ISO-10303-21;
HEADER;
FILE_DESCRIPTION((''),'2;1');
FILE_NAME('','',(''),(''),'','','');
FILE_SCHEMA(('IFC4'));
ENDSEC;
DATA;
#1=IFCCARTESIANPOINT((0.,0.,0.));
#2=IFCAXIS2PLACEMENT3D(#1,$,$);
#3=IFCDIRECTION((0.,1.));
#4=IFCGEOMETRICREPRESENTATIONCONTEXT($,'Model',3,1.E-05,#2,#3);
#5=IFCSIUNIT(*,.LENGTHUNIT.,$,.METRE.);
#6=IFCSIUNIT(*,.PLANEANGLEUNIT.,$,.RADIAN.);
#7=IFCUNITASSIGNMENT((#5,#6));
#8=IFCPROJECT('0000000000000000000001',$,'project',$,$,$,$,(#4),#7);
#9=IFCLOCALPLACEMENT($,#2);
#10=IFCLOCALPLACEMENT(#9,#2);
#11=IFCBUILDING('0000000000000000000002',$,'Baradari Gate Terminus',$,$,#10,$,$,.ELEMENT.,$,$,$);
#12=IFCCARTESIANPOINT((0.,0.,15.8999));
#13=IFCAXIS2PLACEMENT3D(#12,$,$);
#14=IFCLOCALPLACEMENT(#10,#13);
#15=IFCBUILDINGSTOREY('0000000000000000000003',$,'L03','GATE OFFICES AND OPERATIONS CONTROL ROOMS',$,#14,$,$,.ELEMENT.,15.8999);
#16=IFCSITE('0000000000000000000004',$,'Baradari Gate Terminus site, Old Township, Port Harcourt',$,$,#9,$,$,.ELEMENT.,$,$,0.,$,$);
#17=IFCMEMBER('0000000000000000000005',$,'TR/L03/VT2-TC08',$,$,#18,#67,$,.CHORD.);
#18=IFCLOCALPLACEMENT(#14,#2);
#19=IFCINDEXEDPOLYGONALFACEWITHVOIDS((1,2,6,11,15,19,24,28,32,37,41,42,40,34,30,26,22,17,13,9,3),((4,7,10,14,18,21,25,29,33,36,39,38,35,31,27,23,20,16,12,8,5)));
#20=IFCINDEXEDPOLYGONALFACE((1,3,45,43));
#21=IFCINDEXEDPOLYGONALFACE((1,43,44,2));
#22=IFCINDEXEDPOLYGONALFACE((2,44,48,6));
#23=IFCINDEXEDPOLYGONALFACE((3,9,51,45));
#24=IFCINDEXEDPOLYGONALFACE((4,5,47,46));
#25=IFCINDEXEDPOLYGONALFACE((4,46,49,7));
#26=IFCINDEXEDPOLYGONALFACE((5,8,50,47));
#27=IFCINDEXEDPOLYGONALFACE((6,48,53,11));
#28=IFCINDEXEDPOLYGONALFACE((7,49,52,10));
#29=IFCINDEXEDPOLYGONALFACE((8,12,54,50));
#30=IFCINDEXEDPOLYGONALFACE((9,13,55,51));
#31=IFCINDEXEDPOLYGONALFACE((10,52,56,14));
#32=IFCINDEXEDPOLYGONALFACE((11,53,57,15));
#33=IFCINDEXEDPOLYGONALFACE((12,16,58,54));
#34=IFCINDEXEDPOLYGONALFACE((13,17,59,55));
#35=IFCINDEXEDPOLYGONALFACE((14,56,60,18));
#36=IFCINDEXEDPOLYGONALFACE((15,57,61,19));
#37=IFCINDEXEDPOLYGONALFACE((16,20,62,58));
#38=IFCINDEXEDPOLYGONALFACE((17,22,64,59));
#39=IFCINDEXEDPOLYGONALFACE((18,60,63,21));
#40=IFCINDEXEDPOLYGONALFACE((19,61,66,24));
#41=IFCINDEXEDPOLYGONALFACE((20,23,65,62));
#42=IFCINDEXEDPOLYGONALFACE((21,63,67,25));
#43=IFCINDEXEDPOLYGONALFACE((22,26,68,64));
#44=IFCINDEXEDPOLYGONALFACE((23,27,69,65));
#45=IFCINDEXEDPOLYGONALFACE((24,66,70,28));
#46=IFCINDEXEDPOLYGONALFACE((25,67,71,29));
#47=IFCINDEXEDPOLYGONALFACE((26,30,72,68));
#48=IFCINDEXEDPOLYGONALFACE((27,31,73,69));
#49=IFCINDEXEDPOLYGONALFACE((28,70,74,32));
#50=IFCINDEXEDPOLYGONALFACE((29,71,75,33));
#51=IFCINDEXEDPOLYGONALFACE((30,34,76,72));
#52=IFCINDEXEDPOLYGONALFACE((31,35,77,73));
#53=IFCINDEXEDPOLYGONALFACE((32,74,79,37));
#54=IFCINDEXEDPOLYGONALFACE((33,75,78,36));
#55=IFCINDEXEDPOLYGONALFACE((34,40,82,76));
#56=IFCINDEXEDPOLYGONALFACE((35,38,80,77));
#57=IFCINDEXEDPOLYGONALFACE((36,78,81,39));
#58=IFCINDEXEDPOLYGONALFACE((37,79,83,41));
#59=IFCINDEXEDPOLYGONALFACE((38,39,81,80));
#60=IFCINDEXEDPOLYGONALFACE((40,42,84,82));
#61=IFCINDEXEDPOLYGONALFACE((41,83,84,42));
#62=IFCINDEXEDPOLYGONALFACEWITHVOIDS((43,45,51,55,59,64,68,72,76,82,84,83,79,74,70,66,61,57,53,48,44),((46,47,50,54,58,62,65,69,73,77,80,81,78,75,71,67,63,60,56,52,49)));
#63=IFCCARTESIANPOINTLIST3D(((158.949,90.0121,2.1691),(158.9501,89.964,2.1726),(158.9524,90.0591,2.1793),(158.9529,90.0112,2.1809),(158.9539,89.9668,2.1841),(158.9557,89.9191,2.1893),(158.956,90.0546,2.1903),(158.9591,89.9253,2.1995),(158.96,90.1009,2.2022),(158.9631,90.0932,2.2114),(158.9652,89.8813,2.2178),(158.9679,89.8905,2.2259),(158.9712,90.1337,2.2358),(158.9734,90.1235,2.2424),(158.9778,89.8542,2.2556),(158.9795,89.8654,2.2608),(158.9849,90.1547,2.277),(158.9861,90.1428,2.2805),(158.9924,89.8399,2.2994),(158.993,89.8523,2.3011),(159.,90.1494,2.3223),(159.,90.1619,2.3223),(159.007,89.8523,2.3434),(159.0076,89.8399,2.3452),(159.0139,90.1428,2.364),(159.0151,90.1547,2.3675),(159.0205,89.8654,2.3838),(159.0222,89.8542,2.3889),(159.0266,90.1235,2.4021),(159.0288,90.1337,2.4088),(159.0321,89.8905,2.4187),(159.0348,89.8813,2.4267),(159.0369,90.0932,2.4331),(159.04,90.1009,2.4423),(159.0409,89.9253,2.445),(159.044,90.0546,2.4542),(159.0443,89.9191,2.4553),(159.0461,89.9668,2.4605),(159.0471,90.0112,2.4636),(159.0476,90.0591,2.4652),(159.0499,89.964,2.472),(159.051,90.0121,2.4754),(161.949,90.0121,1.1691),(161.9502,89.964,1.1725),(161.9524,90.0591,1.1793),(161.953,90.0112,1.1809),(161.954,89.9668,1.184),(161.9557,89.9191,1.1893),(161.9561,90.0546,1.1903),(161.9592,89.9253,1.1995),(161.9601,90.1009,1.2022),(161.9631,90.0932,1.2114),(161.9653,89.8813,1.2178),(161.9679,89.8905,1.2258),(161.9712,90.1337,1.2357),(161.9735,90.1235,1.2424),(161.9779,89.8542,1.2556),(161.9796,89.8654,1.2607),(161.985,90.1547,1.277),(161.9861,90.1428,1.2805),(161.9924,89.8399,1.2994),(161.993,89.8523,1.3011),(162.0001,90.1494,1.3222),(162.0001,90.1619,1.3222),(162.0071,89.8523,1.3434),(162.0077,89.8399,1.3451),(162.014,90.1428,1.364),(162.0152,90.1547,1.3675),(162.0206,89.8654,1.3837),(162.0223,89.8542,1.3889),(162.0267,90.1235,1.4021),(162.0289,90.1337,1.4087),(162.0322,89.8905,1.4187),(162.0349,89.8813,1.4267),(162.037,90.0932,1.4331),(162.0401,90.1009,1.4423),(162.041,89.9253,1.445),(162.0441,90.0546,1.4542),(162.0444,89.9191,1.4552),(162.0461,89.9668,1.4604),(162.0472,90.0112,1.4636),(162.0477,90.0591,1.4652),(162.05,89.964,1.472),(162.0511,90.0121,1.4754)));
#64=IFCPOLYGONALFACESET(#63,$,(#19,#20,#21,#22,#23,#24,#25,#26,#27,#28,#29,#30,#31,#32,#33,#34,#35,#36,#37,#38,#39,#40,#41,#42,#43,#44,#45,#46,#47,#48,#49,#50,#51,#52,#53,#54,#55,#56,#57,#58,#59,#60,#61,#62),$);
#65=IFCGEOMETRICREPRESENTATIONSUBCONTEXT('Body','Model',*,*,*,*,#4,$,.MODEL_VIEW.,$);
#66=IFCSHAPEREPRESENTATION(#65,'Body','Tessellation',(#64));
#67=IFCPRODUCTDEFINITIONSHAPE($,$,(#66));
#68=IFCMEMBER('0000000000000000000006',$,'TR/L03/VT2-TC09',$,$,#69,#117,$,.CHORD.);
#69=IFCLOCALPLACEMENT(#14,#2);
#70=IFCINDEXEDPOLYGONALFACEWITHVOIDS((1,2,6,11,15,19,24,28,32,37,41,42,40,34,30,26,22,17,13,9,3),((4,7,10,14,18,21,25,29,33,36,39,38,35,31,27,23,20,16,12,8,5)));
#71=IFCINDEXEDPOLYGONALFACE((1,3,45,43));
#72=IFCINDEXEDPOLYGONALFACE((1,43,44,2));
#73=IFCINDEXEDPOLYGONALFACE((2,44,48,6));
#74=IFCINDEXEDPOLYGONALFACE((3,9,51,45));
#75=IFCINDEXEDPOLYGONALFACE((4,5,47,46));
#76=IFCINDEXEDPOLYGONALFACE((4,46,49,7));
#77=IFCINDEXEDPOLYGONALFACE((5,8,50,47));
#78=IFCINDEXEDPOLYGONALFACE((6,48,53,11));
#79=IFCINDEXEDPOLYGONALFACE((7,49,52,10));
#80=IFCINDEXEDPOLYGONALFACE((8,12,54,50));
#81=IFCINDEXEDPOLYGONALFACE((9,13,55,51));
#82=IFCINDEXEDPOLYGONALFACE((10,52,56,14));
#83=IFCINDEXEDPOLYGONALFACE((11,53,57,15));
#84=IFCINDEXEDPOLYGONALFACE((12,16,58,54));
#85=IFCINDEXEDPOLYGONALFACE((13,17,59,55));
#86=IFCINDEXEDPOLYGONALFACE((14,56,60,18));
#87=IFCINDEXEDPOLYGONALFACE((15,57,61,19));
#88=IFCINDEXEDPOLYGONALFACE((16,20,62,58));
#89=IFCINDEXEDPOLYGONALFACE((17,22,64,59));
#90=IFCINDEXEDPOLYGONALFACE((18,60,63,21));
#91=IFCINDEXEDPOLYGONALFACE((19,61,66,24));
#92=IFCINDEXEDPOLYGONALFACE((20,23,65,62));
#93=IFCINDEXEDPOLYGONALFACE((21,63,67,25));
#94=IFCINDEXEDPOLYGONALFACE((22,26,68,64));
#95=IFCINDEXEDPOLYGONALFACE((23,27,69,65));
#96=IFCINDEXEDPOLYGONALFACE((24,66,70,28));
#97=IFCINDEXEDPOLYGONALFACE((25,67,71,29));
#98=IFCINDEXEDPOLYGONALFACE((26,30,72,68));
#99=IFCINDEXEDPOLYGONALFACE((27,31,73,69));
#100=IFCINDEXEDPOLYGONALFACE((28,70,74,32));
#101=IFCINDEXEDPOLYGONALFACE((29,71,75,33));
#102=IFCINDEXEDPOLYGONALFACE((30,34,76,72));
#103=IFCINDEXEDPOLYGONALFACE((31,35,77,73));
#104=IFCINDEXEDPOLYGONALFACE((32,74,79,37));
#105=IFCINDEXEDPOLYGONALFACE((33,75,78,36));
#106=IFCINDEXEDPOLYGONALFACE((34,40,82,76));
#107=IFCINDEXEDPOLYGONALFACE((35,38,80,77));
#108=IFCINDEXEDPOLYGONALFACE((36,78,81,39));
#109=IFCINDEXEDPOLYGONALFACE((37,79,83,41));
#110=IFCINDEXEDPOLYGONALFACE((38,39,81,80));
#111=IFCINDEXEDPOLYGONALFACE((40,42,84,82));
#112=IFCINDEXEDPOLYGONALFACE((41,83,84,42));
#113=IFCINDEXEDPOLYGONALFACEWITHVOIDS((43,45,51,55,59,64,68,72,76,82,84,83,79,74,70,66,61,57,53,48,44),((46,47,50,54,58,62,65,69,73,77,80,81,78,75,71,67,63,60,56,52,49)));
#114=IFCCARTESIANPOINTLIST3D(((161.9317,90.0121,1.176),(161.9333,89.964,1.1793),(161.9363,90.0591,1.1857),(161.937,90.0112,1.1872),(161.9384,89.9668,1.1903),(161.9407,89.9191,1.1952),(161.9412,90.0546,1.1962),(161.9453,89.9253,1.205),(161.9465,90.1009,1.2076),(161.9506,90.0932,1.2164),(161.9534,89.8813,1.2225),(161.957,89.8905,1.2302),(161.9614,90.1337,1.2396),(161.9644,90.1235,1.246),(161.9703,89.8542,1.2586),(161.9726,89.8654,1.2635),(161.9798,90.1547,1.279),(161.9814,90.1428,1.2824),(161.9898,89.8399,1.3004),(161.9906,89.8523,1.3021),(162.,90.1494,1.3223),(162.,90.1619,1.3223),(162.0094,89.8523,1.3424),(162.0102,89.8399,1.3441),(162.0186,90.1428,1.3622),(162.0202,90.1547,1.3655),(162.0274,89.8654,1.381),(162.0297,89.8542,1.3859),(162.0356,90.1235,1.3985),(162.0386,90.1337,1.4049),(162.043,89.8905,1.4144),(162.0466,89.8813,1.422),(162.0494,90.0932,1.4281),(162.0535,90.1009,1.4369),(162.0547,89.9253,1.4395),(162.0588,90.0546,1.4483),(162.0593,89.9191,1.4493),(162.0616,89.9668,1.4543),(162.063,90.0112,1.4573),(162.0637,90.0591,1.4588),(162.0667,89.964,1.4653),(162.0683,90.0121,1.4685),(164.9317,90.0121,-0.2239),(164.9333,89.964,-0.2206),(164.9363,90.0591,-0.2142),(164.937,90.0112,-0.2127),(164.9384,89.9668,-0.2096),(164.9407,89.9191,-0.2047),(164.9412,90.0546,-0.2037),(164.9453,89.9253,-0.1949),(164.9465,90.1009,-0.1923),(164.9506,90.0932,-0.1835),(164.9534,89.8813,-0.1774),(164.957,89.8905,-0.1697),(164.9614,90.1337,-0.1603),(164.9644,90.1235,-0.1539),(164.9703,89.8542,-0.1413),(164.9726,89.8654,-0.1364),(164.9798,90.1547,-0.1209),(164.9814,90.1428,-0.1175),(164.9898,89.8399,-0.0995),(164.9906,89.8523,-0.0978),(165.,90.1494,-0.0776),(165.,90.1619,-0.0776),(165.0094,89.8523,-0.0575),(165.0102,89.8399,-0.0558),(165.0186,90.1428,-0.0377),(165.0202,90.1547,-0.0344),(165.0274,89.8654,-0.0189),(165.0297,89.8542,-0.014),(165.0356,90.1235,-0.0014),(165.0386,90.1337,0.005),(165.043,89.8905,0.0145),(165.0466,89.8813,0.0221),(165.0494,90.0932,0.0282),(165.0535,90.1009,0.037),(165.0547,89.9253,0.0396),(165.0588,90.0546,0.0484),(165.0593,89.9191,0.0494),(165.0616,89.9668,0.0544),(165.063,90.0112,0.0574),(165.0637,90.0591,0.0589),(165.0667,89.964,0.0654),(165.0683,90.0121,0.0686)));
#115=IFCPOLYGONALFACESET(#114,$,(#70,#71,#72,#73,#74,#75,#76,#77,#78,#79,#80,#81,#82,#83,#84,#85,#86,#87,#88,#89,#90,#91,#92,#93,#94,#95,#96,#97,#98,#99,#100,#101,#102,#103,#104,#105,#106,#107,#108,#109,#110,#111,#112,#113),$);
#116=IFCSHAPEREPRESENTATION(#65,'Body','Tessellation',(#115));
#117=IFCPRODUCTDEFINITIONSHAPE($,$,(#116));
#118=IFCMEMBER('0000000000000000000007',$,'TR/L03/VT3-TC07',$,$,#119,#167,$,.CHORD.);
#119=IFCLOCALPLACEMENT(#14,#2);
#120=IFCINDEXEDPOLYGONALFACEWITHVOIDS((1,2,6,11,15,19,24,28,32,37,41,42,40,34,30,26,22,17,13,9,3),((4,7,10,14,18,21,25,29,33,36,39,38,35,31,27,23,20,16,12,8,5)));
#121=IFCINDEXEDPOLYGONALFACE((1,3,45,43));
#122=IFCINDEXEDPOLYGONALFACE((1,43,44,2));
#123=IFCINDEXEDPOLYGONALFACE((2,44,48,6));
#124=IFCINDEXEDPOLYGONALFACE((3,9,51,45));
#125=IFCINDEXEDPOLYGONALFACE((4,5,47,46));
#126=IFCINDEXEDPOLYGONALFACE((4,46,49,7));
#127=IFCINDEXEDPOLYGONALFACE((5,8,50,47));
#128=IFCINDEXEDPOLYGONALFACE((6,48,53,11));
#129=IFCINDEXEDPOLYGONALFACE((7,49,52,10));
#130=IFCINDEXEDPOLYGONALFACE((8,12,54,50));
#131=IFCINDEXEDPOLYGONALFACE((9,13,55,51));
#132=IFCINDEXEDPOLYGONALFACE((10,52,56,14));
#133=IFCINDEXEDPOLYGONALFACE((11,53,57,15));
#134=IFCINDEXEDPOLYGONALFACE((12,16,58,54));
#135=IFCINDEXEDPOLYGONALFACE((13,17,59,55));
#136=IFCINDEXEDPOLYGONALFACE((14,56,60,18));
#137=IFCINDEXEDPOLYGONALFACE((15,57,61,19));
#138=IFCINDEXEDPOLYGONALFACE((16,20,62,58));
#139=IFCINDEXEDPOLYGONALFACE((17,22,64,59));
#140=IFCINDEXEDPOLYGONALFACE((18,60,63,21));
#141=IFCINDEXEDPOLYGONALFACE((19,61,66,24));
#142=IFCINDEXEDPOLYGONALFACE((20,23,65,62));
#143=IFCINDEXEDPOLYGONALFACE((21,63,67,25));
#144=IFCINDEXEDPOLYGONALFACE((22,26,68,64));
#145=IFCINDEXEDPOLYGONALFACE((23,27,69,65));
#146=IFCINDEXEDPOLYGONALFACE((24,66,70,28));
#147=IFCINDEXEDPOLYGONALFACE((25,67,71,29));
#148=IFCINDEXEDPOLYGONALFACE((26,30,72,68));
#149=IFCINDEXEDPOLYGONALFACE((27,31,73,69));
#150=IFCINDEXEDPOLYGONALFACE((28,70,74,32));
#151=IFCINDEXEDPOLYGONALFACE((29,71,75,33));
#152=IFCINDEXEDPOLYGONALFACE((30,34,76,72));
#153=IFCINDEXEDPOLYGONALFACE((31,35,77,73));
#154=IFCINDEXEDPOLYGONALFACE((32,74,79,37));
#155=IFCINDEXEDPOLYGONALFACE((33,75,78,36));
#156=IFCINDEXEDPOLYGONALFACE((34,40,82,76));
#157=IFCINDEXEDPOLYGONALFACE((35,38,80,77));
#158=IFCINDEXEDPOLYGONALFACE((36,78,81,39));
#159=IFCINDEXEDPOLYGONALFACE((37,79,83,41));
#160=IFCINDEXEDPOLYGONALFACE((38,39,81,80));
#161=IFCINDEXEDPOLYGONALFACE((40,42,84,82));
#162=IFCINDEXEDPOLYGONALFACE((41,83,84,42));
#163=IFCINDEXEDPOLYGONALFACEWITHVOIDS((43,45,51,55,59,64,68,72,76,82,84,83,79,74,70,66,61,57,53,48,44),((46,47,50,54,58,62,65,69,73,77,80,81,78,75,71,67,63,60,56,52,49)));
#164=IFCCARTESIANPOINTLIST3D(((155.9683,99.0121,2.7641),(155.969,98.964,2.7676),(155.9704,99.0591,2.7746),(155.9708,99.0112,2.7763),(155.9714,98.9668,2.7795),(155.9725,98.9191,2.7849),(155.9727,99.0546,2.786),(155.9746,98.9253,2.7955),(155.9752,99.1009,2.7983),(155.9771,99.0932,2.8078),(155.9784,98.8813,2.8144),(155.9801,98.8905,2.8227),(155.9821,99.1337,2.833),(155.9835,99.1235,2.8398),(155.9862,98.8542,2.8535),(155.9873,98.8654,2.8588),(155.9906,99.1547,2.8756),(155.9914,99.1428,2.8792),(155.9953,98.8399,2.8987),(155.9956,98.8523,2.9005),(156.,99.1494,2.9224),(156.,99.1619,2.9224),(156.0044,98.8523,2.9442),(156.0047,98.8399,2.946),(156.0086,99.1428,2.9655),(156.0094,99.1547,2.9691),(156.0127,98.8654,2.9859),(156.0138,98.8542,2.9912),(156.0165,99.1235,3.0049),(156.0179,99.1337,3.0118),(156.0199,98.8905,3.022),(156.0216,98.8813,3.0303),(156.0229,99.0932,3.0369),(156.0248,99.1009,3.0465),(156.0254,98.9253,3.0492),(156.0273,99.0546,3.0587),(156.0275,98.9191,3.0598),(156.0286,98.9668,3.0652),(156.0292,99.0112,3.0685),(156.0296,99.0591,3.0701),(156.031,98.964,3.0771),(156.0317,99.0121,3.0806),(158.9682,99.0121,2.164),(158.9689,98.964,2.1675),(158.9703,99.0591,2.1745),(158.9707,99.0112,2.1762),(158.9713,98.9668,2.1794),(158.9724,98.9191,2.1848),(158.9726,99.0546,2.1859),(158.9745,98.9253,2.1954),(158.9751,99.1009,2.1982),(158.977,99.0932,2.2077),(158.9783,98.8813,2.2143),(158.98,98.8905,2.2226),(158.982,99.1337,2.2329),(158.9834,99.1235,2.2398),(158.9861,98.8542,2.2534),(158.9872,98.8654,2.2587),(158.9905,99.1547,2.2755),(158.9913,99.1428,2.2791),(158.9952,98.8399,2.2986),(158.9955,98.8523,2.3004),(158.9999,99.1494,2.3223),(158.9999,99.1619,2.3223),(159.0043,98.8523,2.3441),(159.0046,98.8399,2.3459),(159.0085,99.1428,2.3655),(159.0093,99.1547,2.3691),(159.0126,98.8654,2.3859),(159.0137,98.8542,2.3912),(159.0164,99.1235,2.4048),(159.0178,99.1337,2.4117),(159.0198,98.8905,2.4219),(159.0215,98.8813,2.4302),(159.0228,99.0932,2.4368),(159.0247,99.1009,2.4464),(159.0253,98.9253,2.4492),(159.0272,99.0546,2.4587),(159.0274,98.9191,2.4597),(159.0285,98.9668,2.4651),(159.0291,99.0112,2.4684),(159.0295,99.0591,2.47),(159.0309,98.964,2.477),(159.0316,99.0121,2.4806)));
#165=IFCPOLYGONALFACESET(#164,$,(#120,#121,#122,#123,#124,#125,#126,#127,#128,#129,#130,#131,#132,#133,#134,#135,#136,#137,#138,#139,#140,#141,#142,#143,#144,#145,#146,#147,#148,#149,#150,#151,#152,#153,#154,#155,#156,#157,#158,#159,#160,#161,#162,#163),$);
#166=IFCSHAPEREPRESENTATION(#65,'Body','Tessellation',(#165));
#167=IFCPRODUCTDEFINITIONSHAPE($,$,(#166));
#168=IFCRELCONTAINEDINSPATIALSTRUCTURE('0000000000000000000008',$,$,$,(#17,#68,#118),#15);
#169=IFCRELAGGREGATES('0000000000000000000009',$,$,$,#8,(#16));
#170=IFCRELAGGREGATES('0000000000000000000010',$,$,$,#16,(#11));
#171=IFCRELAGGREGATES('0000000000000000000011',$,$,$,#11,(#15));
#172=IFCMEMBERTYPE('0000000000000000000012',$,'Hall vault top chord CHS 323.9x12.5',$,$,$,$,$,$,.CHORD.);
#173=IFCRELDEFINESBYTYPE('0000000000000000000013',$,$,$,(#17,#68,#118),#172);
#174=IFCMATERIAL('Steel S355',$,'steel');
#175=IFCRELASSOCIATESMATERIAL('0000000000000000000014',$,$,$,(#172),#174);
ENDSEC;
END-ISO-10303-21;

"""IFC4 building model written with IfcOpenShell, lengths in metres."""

from ifc_helpers import new_model, si_unit, direction, frame, origin, origin_2d, place, context, subcontext, project, spatial, hollow_circle, extrude, material, material_profile, profile_set, type_object, element, save


model = new_model("IFC4")

# Units and contexts
model_context = context("Model", 3, precision=1e-05, world=origin(), true_north=direction((0.0, 1.0)))
body_context = subcontext(model_context, "Body", "Model", "MODEL_VIEW")
ifc_project = project(units=[si_unit("LENGTHUNIT", "METRE"), si_unit("PLANEANGLEUNIT", "RADIAN")], contexts=[model_context])

# Site, building, storey
site_placement = place(None, origin())
site = spatial("IfcSite", under=ifc_project, at=site_placement, Name="Baradari Gate Terminus site, Old Township, Port Harcourt", CompositionType="ELEMENT", RefElevation=0.0)
building_placement = place(site_placement, origin())
building = spatial("IfcBuilding", under=site, at=building_placement, Name="Baradari Gate Terminus", CompositionType="ELEMENT")
storey_placement = place(building_placement, frame((0.0, 0.0, 15.8999)))
storey = spatial("IfcBuildingStorey", under=building, at=storey_placement, Name="L03", Description="GATE OFFICES AND OPERATIONS CONTROL ROOMS", CompositionType="ELEMENT", Elevation=15.8999)

# Members
ifc_material_1 = material(Name="Steel S355", Category="steel")
ifc_material_profile_1 = material_profile(ifc_material_1, hollow_circle(Radius=0.1619, WallThickness=0.0125, at=origin_2d()), Name="CHS 323.9x12.5")
ifc_profile_set_1 = profile_set([ifc_material_profile_1], Name="Steel S355")
member_type_1 = type_object("IfcMemberType", Name="Hall vault top chord CHS 323.9x12.5", PredefinedType="CHORD", material=ifc_profile_set_1)
member_1_placement = place(storey_placement, frame((159.0, 90.0, 2.3223), z_axis=(0.948683, 0.0, -0.316228), x_axis=(0.0, 1.0, 0.0)))
element("IfcMember", 1, at=member_1_placement, inside=storey, type_object=member_type_1, Name="TR/L03/VT2-TC08", PredefinedType="CHORD", context=body_context, shape_type="SweptSolid", body=[
    extrude(hollow_circle(Radius=0.1619, WallThickness=0.0125, at=origin_2d()), origin(), (0.0, 0.0, 1.0), 3.1624),
])
member_2_placement = place(storey_placement, frame((162.0, 90.0, 1.3223), z_axis=(0.906194, 0.0, -0.422861), x_axis=(0.0, 1.0, 0.0)))
element("IfcMember", 2, at=member_2_placement, inside=storey, type_object=member_type_1, Name="TR/L03/VT2-TC09", PredefinedType="CHORD", context=body_context, shape_type="SweptSolid", body=[
    extrude(hollow_circle(Radius=0.1619, WallThickness=0.0125, at=origin_2d()), origin(), (0.0, 0.0, 1.0), 3.3105),
])
member_3_placement = place(storey_placement, frame((156.0, 99.0, 2.9224), z_axis=(0.980575, 0.0, -0.196147), x_axis=(0.0, 1.0, 0.0)))
element("IfcMember", 3, at=member_3_placement, inside=storey, type_object=member_type_1, Name="TR/L03/VT3-TC07", PredefinedType="CHORD", context=body_context, shape_type="SweptSolid", body=[
    extrude(hollow_circle(Radius=0.1619, WallThickness=0.0125, at=origin_2d()), origin(), (0.0, 0.0, 1.0), 3.0593),
])

save(model, "model.ifc")
